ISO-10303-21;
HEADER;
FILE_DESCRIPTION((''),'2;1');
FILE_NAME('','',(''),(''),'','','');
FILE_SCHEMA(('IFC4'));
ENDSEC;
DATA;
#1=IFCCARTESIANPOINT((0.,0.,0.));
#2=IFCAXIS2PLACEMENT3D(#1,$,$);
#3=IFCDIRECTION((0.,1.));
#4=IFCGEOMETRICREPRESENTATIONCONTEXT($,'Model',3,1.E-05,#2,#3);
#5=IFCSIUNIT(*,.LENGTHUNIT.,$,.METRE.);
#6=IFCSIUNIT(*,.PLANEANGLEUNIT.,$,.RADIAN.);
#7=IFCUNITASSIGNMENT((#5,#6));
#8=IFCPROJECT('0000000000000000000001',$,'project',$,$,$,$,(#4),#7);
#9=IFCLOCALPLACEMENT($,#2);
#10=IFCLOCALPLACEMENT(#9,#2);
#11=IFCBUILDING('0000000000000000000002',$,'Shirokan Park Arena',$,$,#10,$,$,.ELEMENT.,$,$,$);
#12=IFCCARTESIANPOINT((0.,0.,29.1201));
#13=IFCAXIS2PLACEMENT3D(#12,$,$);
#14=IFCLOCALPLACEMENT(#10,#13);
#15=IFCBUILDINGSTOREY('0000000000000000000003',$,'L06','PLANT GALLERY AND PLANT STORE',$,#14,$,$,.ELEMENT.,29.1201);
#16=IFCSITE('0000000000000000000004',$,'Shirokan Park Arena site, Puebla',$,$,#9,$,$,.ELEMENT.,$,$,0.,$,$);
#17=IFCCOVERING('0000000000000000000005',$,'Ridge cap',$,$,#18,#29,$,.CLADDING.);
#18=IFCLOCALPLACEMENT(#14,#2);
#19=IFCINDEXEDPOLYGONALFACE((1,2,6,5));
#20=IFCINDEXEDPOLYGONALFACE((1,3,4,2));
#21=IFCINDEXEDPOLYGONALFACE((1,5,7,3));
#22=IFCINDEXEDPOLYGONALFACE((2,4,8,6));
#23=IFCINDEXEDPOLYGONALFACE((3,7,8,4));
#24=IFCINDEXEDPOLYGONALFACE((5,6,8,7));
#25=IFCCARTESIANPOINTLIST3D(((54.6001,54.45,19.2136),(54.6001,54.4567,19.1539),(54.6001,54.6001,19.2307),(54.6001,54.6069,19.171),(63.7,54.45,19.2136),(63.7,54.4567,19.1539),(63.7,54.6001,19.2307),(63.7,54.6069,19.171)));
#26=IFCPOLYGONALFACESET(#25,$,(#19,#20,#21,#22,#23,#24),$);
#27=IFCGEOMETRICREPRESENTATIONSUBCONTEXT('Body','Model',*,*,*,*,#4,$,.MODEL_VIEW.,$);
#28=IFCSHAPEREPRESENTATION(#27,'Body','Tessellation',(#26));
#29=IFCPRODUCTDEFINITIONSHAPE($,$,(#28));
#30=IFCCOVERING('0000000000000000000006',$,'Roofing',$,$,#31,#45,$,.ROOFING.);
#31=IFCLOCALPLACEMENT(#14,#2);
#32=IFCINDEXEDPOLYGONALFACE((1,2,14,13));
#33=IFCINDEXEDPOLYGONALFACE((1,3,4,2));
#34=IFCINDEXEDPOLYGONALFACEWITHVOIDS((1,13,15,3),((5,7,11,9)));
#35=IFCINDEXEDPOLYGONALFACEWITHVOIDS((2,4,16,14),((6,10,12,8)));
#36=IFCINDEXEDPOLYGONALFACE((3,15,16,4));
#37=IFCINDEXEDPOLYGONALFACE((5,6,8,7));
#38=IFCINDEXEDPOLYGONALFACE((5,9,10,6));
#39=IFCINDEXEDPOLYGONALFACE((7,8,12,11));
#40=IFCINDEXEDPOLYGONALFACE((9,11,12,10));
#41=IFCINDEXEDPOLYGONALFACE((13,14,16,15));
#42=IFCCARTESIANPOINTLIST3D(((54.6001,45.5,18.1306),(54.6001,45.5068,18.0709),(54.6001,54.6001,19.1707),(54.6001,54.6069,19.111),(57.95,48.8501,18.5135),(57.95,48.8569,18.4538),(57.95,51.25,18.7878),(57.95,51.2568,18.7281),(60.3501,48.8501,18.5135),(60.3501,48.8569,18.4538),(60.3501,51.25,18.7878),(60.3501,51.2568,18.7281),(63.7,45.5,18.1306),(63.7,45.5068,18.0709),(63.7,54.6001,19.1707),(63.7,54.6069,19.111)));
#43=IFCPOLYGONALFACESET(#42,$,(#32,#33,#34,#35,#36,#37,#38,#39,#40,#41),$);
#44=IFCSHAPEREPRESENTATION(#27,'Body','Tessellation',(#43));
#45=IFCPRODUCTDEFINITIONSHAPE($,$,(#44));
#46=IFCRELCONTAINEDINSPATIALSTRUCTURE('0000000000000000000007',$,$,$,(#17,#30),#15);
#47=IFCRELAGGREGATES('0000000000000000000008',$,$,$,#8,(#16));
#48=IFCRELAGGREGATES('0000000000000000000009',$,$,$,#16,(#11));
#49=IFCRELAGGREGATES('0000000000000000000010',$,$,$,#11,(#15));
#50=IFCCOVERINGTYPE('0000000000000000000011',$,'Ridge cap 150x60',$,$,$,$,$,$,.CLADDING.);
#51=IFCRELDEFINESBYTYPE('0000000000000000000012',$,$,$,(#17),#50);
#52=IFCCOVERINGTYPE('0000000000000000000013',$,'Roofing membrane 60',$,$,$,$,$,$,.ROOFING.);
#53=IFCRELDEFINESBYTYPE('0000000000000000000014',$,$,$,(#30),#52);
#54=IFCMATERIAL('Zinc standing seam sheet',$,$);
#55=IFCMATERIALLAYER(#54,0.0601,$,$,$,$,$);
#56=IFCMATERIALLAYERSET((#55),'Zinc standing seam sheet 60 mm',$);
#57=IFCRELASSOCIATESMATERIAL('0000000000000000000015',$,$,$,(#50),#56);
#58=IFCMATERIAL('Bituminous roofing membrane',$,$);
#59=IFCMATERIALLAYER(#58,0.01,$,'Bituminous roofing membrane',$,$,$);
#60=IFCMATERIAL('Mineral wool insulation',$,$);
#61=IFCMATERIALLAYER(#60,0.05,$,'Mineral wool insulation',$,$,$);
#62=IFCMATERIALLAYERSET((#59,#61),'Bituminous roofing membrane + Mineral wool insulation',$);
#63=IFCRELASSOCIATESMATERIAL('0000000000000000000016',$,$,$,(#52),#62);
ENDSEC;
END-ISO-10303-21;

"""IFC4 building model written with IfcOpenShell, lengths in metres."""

from ifc_helpers import new_model, si_unit, direction, frame, origin, place, context, subcontext, project, spatial, polyline, outline, extrude, material, layer, layer_set, type_object, element, save


model = new_model("IFC4")

# Units and contexts
model_context = context("Model", 3, precision=1e-05, world=origin(), true_north=direction((0.0, 1.0)))
body_context = subcontext(model_context, "Body", "Model", "MODEL_VIEW")
ifc_project = project(units=[si_unit("LENGTHUNIT", "METRE"), si_unit("PLANEANGLEUNIT", "RADIAN")], contexts=[model_context])

# Site, building, storey
site_placement = place(None, origin())
site = spatial("IfcSite", under=ifc_project, at=site_placement, Name="Shirokan Park Arena site, Puebla", CompositionType="ELEMENT", RefElevation=0.0)
building_placement = place(site_placement, origin())
building = spatial("IfcBuilding", under=site, at=building_placement, Name="Shirokan Park Arena", CompositionType="ELEMENT")
storey_placement = place(building_placement, frame((0.0, 0.0, 29.1201)))
storey = spatial("IfcBuildingStorey", under=building, at=storey_placement, Name="L06", Description="PLANT GALLERY AND PLANT STORE", CompositionType="ELEMENT", Elevation=29.1201)

# Coverings
ifc_material_1 = material(Name="Zinc standing seam sheet")
ifc_layer_1 = layer(ifc_material_1, 0.0601)
ifc_layer_set_1 = layer_set([ifc_layer_1], Name="Zinc standing seam sheet 60 mm")
covering_type_1 = type_object("IfcCoveringType", Name="Ridge cap 150x60", PredefinedType="CLADDING", material=ifc_layer_set_1)
covering_1_placement = place(storey_placement, frame((54.6001, 54.45, 19.2136), z_axis=(0.0, -0.113091, 0.993585), x_axis=(1.0, 0.0, 0.0)))
element("IfcCovering", 1, at=covering_1_placement, inside=storey, type_object=covering_type_1, Name="Ridge cap", PredefinedType="CLADDING", context=body_context, shape_type="SweptSolid", body=[
    extrude(outline(polyline([(0.0, 0.0), (9.0999, 0.0), (9.0999, 0.1511), (0.0, 0.1511), (0.0, 0.0)])), origin(), (0.0, 0.0, -1.0), 0.0601),
])
ifc_material_2 = material(Name="Bituminous roofing membrane")
ifc_layer_2 = layer(ifc_material_2, 0.01, Name="Bituminous roofing membrane")
ifc_material_3 = material(Name="Mineral wool insulation")
ifc_layer_3 = layer(ifc_material_3, 0.05, Name="Mineral wool insulation")
ifc_layer_set_2 = layer_set([ifc_layer_2, ifc_layer_3], Name="Bituminous roofing membrane + Mineral wool insulation")
covering_type_2 = type_object("IfcCoveringType", Name="Roofing membrane 60", PredefinedType="ROOFING", material=ifc_layer_set_2)
covering_2_placement = place(storey_placement, frame((54.6001, 45.5, 18.1306), z_axis=(0.0, -0.11355, 0.993532), x_axis=(1.0, 0.0, 0.0)))
element("IfcCovering", 2, at=covering_2_placement, inside=storey, type_object=covering_type_2, Name="Roofing", PredefinedType="ROOFING", context=body_context, shape_type="SweptSolid", body=[
    extrude(outline(polyline([(0.0, 0.0), (9.0999, 0.0), (9.0999, 9.1593), (0.0, 9.1593), (0.0, 0.0)]), holes=[polyline([(5.75, 3.3719), (5.75, 5.7874), (3.3499, 5.7874), (3.3499, 3.3719), (5.75, 3.3719)])]), origin(), (0.0, 0.0, -1.0), 0.0601),
])

save(model, "model.ifc")
